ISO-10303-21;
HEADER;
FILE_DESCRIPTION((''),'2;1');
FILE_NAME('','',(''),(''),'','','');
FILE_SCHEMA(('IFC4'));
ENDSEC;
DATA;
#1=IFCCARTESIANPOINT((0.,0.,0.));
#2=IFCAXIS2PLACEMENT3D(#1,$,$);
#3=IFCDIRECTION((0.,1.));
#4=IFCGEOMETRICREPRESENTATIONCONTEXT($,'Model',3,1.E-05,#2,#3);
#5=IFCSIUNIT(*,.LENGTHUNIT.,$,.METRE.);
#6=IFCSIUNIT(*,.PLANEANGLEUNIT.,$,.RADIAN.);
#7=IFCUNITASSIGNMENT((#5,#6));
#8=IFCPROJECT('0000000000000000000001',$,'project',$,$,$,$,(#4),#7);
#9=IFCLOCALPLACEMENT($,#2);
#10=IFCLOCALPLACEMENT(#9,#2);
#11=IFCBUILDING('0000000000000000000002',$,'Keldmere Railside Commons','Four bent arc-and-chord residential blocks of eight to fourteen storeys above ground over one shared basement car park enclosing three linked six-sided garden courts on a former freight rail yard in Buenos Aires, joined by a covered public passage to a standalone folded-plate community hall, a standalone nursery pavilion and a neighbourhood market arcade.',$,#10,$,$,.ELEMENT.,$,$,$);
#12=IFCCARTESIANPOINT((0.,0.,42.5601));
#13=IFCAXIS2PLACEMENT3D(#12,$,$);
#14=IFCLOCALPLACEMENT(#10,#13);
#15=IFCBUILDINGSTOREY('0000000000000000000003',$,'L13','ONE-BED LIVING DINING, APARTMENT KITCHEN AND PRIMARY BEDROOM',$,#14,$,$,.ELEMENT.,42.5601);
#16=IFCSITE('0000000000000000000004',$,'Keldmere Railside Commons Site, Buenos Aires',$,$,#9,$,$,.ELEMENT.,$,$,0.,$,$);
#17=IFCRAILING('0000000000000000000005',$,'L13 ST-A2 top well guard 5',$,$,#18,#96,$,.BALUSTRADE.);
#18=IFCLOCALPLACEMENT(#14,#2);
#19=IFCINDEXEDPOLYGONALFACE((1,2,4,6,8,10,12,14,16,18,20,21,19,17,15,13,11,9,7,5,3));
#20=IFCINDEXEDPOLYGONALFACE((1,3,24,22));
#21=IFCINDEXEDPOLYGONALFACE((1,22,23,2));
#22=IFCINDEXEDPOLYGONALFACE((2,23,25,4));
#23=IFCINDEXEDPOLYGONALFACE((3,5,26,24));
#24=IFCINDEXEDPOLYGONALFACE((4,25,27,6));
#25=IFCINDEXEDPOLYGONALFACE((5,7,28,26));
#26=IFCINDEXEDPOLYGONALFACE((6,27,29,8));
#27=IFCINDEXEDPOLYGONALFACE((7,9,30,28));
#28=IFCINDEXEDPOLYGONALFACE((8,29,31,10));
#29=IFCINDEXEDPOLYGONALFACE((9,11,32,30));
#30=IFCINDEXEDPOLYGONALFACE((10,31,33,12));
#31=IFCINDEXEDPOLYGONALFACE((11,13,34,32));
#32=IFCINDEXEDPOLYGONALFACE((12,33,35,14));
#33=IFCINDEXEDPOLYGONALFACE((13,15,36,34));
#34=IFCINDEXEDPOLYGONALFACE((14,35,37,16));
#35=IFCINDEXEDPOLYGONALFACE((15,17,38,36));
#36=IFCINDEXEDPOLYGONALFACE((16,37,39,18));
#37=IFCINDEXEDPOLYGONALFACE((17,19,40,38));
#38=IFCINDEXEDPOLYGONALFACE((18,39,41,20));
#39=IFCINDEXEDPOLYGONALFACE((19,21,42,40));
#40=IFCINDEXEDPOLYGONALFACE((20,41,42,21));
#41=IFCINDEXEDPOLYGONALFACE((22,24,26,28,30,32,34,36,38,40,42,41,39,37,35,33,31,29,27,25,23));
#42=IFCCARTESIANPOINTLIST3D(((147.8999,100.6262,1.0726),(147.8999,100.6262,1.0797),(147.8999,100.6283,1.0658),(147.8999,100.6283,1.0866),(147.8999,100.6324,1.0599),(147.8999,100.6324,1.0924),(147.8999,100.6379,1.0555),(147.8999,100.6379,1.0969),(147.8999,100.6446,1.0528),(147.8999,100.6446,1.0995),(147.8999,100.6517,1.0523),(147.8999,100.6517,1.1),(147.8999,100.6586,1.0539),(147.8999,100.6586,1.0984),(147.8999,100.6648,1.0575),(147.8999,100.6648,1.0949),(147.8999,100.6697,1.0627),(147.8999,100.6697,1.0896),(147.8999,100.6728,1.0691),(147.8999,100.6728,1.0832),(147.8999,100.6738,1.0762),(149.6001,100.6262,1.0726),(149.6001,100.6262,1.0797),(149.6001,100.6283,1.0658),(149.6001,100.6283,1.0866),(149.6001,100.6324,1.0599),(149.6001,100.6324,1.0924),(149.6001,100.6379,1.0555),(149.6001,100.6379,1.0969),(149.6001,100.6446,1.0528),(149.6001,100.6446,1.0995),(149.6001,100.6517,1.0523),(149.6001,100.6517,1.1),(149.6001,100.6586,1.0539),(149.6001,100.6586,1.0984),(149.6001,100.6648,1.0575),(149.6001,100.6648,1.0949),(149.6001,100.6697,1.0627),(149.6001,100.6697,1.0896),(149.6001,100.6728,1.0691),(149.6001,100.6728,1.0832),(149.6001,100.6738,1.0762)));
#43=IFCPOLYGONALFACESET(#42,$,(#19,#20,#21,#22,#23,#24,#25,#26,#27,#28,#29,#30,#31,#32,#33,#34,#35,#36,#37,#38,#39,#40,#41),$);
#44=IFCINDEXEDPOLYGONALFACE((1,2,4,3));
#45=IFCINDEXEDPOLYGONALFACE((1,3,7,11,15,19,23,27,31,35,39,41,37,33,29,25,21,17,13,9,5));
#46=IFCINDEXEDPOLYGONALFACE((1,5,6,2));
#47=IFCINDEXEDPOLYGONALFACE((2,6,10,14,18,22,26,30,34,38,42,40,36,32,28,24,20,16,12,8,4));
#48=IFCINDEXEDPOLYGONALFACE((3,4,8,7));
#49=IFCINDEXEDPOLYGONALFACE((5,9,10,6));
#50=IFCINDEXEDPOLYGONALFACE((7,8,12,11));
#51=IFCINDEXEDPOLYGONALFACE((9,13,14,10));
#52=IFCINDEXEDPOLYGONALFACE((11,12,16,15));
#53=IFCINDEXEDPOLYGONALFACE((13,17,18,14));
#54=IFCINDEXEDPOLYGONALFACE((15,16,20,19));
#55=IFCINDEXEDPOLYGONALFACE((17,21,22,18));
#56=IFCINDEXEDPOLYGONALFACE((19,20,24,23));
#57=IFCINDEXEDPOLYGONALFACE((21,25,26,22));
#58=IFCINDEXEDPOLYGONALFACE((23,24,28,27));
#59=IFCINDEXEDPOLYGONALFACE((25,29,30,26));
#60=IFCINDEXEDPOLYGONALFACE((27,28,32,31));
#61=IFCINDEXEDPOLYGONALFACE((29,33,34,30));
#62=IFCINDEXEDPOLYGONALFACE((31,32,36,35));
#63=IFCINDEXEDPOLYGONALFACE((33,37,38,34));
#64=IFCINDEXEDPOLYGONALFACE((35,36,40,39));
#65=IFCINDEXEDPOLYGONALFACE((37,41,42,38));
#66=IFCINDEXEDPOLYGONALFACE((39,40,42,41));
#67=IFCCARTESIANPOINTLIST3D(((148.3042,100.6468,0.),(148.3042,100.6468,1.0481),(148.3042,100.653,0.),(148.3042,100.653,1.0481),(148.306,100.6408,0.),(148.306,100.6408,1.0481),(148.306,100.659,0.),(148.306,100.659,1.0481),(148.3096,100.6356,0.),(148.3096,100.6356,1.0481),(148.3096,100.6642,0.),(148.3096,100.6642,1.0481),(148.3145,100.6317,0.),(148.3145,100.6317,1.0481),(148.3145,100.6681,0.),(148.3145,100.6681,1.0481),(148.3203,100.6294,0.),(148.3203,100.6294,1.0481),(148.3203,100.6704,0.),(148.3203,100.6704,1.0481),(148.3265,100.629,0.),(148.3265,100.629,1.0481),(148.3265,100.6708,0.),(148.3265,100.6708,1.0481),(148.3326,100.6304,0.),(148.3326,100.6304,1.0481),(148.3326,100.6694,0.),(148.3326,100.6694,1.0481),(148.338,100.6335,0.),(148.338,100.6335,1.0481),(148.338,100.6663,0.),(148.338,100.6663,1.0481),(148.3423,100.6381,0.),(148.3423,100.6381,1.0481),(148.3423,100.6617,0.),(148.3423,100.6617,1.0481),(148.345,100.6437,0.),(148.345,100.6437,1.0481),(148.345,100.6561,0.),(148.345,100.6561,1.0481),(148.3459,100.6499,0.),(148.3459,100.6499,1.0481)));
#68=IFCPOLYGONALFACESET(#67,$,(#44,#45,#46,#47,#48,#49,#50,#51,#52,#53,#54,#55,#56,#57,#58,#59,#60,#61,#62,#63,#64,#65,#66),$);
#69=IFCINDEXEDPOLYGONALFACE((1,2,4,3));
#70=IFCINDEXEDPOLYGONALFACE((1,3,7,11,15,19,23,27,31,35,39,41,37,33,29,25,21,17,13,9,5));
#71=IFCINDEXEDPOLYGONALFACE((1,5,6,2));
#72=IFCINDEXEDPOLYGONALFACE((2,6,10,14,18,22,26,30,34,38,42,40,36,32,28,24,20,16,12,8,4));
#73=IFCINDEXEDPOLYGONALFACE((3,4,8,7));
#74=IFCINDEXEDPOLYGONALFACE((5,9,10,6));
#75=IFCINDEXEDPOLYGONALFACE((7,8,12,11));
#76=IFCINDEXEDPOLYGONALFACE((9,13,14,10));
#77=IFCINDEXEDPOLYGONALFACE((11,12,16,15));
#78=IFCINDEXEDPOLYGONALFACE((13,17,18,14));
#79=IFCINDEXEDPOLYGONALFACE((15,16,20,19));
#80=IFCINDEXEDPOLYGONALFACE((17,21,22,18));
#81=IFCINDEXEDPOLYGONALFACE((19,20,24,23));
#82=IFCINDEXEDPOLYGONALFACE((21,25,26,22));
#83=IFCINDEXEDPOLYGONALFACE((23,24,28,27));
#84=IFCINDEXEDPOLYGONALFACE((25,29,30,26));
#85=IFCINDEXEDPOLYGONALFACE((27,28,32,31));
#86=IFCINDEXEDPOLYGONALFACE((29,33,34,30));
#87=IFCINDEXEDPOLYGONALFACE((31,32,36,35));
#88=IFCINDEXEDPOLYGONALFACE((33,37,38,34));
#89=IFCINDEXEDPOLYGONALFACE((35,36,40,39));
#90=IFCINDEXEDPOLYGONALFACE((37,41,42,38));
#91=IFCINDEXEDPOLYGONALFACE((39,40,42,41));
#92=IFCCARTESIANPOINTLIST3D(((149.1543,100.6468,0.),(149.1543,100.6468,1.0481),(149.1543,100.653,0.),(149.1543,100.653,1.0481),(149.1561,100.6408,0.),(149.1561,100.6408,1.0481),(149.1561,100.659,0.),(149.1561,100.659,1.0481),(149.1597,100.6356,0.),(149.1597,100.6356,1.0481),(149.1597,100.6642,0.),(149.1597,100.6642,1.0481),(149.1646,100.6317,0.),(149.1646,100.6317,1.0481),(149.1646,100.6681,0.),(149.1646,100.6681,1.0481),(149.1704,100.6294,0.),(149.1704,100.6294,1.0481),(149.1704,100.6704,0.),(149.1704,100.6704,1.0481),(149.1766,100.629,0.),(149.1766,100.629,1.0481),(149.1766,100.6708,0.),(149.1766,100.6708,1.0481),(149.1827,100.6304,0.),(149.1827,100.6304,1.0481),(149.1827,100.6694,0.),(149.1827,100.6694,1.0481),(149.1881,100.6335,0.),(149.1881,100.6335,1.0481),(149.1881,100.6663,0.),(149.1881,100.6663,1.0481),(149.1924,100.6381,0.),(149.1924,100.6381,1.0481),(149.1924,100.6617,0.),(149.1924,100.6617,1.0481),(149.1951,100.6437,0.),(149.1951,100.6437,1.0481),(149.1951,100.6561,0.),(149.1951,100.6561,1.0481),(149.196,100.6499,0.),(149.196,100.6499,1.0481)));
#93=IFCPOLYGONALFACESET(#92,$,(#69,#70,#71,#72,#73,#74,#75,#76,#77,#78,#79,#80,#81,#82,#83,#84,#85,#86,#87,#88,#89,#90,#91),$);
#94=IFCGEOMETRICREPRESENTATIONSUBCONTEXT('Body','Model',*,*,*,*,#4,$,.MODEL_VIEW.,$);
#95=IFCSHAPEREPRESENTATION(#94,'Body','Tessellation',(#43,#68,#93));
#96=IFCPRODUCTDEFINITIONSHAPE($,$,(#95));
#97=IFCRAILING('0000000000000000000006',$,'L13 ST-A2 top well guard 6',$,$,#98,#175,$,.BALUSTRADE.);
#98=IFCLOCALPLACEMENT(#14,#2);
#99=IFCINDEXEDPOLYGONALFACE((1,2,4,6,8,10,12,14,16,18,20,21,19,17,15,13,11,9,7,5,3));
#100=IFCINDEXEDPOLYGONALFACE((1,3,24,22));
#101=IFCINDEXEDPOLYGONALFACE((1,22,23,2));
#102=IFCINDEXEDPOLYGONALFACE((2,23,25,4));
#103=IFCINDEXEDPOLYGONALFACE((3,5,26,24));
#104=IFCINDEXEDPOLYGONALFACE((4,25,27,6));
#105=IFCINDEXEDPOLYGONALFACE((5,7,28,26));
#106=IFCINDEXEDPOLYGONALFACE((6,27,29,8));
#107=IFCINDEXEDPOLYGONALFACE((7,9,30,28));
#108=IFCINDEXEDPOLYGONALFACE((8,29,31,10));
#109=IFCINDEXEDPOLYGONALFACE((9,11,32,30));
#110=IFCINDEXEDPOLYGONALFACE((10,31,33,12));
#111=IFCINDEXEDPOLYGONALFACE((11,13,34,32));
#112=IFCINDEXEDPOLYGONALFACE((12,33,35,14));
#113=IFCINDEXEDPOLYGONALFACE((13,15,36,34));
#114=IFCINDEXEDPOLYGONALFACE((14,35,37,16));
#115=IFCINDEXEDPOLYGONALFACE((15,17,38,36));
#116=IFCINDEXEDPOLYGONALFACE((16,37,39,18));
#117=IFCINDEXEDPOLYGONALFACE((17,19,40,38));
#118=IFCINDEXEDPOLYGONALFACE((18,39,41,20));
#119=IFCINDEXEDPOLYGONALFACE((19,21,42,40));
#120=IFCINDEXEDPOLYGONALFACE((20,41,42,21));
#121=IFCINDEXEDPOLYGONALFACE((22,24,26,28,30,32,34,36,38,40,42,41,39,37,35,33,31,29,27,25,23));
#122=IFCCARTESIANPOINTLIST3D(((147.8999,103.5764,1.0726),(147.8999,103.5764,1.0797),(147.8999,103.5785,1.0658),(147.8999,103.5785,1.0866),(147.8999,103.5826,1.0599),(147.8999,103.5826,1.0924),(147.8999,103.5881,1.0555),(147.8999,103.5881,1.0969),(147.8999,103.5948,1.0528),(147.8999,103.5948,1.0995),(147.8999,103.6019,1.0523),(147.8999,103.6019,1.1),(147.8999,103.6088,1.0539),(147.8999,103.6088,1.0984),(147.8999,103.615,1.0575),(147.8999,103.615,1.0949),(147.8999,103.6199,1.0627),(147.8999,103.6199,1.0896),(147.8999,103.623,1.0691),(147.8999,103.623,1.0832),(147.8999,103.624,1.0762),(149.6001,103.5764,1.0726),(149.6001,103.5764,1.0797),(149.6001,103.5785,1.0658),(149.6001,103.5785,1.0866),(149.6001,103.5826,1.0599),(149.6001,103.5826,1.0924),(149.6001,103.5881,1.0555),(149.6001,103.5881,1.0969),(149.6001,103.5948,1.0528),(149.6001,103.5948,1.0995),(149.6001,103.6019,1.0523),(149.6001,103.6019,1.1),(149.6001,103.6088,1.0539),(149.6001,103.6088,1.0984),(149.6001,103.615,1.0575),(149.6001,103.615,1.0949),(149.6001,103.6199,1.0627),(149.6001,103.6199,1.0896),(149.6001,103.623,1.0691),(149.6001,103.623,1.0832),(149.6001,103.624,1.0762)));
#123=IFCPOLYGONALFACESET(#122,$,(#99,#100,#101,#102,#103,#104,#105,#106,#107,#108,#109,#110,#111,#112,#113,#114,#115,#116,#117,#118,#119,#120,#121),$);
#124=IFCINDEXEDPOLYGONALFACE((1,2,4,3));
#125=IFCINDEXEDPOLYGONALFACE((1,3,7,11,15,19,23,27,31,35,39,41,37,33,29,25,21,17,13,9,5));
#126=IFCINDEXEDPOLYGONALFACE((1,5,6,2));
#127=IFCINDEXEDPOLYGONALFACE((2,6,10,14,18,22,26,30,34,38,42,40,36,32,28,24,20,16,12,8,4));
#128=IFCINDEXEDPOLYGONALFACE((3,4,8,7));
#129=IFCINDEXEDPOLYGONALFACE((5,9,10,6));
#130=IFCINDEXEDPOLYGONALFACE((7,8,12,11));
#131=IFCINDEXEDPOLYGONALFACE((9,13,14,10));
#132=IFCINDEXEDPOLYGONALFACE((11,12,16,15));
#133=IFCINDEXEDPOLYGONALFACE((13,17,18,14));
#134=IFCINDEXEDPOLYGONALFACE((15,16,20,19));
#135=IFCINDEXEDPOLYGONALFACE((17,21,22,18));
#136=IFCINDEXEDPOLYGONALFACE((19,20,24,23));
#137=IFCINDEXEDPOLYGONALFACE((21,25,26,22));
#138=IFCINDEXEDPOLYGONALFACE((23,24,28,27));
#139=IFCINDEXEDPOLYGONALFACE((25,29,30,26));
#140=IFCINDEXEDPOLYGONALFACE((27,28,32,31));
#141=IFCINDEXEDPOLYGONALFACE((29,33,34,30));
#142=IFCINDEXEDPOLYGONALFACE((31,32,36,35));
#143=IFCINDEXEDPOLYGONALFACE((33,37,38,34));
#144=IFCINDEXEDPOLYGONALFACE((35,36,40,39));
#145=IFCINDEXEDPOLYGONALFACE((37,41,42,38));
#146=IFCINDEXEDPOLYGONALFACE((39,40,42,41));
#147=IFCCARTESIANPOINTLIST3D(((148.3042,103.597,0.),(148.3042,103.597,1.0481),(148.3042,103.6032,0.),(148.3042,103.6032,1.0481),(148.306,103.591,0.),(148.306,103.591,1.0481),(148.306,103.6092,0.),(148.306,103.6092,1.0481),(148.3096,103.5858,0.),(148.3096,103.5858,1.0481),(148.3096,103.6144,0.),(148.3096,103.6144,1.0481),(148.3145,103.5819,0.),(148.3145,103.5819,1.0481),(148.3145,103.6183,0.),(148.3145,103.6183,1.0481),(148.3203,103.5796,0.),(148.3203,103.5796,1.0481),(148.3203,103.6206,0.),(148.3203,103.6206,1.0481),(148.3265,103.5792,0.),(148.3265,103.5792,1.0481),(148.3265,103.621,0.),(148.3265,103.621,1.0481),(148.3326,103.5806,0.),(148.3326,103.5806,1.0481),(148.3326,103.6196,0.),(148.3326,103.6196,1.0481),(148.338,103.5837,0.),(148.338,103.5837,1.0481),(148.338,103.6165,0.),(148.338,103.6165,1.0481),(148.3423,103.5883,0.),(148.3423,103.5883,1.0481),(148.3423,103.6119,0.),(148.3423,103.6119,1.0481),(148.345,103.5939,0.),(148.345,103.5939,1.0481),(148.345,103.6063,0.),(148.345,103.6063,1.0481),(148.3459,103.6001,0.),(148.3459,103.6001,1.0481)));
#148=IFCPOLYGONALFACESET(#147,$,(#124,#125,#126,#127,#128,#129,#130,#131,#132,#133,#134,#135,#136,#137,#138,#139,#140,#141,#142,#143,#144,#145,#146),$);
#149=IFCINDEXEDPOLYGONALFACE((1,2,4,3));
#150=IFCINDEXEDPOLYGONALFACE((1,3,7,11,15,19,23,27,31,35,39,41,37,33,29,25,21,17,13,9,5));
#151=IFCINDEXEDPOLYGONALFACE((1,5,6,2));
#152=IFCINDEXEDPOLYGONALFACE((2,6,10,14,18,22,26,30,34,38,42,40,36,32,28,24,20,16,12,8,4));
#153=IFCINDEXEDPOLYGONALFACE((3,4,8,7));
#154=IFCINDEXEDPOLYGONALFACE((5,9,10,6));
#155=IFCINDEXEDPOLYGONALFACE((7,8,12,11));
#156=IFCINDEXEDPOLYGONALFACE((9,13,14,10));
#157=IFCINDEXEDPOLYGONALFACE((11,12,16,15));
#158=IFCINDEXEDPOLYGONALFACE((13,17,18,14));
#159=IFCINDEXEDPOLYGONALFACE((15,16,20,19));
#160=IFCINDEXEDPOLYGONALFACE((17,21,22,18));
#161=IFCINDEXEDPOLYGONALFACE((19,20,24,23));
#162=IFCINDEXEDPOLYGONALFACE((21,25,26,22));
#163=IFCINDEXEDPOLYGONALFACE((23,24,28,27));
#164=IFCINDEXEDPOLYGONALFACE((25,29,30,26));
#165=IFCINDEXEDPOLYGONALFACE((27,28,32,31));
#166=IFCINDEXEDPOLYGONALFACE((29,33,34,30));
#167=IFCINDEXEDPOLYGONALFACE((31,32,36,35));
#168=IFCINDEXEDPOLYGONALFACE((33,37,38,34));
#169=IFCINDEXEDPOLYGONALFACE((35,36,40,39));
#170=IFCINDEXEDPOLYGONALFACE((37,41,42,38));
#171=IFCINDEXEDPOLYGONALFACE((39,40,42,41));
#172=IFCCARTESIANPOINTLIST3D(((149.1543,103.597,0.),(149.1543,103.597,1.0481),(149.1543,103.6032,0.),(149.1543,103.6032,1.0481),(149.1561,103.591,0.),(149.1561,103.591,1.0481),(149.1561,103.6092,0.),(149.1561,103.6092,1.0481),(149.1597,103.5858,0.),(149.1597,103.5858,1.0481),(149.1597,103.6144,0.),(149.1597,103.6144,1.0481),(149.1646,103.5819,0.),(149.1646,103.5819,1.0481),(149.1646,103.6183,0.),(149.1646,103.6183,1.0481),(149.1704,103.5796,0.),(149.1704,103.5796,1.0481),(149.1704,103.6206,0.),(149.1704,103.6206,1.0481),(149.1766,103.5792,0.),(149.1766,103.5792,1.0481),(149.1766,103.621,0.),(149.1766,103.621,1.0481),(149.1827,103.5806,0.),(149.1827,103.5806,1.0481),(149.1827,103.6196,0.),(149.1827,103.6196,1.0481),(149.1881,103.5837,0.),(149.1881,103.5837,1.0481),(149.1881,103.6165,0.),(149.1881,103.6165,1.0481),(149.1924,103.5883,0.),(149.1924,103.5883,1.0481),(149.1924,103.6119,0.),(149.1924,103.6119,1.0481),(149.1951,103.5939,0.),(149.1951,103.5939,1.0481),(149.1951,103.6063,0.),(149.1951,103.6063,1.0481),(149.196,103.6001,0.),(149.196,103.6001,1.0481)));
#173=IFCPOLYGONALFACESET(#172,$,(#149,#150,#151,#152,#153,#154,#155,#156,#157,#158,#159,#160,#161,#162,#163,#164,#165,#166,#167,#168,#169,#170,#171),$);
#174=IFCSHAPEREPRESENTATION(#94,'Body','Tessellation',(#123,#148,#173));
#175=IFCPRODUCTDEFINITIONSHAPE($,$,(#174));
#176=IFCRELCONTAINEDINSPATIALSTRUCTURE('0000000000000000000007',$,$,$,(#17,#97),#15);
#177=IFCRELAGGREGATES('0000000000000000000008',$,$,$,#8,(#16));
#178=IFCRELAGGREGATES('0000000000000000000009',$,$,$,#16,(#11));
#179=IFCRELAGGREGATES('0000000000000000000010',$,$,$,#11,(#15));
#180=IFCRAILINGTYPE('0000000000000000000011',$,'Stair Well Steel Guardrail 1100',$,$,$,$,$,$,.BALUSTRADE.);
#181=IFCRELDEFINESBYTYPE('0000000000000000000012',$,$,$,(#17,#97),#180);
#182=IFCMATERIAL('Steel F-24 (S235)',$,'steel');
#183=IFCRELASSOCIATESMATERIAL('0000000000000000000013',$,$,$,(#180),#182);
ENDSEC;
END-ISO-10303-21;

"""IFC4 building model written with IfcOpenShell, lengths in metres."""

from ifc_helpers import new_model, si_unit, direction, frame, origin, origin_2d, place, context, subcontext, project, spatial, circle, extrude, material, type_object, element, save


model = new_model("IFC4")

# Units and contexts
model_context = context("Model", 3, precision=1e-05, world=origin(), true_north=direction((0.0, 1.0)))
body_context = subcontext(model_context, "Body", "Model", "MODEL_VIEW")
ifc_project = project(units=[si_unit("LENGTHUNIT", "METRE"), si_unit("PLANEANGLEUNIT", "RADIAN")], contexts=[model_context])

# Site, building, storey
site_placement = place(None, origin())
site = spatial("IfcSite", under=ifc_project, at=site_placement, Name="Keldmere Railside Commons Site, Buenos Aires", CompositionType="ELEMENT", RefElevation=0.0)
building_placement = place(site_placement, origin())
building = spatial("IfcBuilding", under=site, at=building_placement, Name="Keldmere Railside Commons", Description="Four bent arc-and-chord residential blocks of eight to fourteen storeys above ground over one shared basement car park enclosing three linked six-sided garden courts on a former freight rail yard in Buenos Aires, joined by a covered public passage to a standalone folded-plate community hall, a standalone nursery pavilion and a neighbourhood market arcade.", CompositionType="ELEMENT")
storey_placement = place(building_placement, frame((0.0, 0.0, 42.5601)))
storey = spatial("IfcBuildingStorey", under=building, at=storey_placement, Name="L13", Description="ONE-BED LIVING DINING, APARTMENT KITCHEN AND PRIMARY BEDROOM", CompositionType="ELEMENT", Elevation=42.5601)

# Railings
ifc_material_1 = material(Name="Steel F-24 (S235)", Category="steel")
railing_type_1 = type_object("IfcRailingType", Name="Stair Well Steel Guardrail 1100", PredefinedType="BALUSTRADE", material=ifc_material_1)
for number, where, name in (
    (1, (147.8999, 100.6499, 0.0), "L13 ST-A2 top well guard 5"),
    (2, (147.8999, 103.6001, 0.0), "L13 ST-A2 top well guard 6"),
):
    element("IfcRailing", number, at=place(storey_placement, frame(where)), inside=storey, type_object=railing_type_1, Name=name, PredefinedType="BALUSTRADE", context=body_context, shape_type="SweptSolid", body=[
        extrude(circle(Radius=0.0239, at=origin_2d()), frame((0.0, 0.0, 1.0762), z_axis=(1.0, 0.0, 0.0), x_axis=(0.0, 1.0, 0.0)), (0.0, 0.0, 1.0), 1.7002),
        extrude(circle(Radius=0.021, at=origin_2d()), frame((0.425, 0.0, 0.0)), (0.0, 0.0, 1.0), 1.0481),
        extrude(circle(Radius=0.021, at=origin_2d()), frame((1.2751, 0.0, 0.0)), (0.0, 0.0, 1.0), 1.0481),
    ])

save(model, "model.ifc")
